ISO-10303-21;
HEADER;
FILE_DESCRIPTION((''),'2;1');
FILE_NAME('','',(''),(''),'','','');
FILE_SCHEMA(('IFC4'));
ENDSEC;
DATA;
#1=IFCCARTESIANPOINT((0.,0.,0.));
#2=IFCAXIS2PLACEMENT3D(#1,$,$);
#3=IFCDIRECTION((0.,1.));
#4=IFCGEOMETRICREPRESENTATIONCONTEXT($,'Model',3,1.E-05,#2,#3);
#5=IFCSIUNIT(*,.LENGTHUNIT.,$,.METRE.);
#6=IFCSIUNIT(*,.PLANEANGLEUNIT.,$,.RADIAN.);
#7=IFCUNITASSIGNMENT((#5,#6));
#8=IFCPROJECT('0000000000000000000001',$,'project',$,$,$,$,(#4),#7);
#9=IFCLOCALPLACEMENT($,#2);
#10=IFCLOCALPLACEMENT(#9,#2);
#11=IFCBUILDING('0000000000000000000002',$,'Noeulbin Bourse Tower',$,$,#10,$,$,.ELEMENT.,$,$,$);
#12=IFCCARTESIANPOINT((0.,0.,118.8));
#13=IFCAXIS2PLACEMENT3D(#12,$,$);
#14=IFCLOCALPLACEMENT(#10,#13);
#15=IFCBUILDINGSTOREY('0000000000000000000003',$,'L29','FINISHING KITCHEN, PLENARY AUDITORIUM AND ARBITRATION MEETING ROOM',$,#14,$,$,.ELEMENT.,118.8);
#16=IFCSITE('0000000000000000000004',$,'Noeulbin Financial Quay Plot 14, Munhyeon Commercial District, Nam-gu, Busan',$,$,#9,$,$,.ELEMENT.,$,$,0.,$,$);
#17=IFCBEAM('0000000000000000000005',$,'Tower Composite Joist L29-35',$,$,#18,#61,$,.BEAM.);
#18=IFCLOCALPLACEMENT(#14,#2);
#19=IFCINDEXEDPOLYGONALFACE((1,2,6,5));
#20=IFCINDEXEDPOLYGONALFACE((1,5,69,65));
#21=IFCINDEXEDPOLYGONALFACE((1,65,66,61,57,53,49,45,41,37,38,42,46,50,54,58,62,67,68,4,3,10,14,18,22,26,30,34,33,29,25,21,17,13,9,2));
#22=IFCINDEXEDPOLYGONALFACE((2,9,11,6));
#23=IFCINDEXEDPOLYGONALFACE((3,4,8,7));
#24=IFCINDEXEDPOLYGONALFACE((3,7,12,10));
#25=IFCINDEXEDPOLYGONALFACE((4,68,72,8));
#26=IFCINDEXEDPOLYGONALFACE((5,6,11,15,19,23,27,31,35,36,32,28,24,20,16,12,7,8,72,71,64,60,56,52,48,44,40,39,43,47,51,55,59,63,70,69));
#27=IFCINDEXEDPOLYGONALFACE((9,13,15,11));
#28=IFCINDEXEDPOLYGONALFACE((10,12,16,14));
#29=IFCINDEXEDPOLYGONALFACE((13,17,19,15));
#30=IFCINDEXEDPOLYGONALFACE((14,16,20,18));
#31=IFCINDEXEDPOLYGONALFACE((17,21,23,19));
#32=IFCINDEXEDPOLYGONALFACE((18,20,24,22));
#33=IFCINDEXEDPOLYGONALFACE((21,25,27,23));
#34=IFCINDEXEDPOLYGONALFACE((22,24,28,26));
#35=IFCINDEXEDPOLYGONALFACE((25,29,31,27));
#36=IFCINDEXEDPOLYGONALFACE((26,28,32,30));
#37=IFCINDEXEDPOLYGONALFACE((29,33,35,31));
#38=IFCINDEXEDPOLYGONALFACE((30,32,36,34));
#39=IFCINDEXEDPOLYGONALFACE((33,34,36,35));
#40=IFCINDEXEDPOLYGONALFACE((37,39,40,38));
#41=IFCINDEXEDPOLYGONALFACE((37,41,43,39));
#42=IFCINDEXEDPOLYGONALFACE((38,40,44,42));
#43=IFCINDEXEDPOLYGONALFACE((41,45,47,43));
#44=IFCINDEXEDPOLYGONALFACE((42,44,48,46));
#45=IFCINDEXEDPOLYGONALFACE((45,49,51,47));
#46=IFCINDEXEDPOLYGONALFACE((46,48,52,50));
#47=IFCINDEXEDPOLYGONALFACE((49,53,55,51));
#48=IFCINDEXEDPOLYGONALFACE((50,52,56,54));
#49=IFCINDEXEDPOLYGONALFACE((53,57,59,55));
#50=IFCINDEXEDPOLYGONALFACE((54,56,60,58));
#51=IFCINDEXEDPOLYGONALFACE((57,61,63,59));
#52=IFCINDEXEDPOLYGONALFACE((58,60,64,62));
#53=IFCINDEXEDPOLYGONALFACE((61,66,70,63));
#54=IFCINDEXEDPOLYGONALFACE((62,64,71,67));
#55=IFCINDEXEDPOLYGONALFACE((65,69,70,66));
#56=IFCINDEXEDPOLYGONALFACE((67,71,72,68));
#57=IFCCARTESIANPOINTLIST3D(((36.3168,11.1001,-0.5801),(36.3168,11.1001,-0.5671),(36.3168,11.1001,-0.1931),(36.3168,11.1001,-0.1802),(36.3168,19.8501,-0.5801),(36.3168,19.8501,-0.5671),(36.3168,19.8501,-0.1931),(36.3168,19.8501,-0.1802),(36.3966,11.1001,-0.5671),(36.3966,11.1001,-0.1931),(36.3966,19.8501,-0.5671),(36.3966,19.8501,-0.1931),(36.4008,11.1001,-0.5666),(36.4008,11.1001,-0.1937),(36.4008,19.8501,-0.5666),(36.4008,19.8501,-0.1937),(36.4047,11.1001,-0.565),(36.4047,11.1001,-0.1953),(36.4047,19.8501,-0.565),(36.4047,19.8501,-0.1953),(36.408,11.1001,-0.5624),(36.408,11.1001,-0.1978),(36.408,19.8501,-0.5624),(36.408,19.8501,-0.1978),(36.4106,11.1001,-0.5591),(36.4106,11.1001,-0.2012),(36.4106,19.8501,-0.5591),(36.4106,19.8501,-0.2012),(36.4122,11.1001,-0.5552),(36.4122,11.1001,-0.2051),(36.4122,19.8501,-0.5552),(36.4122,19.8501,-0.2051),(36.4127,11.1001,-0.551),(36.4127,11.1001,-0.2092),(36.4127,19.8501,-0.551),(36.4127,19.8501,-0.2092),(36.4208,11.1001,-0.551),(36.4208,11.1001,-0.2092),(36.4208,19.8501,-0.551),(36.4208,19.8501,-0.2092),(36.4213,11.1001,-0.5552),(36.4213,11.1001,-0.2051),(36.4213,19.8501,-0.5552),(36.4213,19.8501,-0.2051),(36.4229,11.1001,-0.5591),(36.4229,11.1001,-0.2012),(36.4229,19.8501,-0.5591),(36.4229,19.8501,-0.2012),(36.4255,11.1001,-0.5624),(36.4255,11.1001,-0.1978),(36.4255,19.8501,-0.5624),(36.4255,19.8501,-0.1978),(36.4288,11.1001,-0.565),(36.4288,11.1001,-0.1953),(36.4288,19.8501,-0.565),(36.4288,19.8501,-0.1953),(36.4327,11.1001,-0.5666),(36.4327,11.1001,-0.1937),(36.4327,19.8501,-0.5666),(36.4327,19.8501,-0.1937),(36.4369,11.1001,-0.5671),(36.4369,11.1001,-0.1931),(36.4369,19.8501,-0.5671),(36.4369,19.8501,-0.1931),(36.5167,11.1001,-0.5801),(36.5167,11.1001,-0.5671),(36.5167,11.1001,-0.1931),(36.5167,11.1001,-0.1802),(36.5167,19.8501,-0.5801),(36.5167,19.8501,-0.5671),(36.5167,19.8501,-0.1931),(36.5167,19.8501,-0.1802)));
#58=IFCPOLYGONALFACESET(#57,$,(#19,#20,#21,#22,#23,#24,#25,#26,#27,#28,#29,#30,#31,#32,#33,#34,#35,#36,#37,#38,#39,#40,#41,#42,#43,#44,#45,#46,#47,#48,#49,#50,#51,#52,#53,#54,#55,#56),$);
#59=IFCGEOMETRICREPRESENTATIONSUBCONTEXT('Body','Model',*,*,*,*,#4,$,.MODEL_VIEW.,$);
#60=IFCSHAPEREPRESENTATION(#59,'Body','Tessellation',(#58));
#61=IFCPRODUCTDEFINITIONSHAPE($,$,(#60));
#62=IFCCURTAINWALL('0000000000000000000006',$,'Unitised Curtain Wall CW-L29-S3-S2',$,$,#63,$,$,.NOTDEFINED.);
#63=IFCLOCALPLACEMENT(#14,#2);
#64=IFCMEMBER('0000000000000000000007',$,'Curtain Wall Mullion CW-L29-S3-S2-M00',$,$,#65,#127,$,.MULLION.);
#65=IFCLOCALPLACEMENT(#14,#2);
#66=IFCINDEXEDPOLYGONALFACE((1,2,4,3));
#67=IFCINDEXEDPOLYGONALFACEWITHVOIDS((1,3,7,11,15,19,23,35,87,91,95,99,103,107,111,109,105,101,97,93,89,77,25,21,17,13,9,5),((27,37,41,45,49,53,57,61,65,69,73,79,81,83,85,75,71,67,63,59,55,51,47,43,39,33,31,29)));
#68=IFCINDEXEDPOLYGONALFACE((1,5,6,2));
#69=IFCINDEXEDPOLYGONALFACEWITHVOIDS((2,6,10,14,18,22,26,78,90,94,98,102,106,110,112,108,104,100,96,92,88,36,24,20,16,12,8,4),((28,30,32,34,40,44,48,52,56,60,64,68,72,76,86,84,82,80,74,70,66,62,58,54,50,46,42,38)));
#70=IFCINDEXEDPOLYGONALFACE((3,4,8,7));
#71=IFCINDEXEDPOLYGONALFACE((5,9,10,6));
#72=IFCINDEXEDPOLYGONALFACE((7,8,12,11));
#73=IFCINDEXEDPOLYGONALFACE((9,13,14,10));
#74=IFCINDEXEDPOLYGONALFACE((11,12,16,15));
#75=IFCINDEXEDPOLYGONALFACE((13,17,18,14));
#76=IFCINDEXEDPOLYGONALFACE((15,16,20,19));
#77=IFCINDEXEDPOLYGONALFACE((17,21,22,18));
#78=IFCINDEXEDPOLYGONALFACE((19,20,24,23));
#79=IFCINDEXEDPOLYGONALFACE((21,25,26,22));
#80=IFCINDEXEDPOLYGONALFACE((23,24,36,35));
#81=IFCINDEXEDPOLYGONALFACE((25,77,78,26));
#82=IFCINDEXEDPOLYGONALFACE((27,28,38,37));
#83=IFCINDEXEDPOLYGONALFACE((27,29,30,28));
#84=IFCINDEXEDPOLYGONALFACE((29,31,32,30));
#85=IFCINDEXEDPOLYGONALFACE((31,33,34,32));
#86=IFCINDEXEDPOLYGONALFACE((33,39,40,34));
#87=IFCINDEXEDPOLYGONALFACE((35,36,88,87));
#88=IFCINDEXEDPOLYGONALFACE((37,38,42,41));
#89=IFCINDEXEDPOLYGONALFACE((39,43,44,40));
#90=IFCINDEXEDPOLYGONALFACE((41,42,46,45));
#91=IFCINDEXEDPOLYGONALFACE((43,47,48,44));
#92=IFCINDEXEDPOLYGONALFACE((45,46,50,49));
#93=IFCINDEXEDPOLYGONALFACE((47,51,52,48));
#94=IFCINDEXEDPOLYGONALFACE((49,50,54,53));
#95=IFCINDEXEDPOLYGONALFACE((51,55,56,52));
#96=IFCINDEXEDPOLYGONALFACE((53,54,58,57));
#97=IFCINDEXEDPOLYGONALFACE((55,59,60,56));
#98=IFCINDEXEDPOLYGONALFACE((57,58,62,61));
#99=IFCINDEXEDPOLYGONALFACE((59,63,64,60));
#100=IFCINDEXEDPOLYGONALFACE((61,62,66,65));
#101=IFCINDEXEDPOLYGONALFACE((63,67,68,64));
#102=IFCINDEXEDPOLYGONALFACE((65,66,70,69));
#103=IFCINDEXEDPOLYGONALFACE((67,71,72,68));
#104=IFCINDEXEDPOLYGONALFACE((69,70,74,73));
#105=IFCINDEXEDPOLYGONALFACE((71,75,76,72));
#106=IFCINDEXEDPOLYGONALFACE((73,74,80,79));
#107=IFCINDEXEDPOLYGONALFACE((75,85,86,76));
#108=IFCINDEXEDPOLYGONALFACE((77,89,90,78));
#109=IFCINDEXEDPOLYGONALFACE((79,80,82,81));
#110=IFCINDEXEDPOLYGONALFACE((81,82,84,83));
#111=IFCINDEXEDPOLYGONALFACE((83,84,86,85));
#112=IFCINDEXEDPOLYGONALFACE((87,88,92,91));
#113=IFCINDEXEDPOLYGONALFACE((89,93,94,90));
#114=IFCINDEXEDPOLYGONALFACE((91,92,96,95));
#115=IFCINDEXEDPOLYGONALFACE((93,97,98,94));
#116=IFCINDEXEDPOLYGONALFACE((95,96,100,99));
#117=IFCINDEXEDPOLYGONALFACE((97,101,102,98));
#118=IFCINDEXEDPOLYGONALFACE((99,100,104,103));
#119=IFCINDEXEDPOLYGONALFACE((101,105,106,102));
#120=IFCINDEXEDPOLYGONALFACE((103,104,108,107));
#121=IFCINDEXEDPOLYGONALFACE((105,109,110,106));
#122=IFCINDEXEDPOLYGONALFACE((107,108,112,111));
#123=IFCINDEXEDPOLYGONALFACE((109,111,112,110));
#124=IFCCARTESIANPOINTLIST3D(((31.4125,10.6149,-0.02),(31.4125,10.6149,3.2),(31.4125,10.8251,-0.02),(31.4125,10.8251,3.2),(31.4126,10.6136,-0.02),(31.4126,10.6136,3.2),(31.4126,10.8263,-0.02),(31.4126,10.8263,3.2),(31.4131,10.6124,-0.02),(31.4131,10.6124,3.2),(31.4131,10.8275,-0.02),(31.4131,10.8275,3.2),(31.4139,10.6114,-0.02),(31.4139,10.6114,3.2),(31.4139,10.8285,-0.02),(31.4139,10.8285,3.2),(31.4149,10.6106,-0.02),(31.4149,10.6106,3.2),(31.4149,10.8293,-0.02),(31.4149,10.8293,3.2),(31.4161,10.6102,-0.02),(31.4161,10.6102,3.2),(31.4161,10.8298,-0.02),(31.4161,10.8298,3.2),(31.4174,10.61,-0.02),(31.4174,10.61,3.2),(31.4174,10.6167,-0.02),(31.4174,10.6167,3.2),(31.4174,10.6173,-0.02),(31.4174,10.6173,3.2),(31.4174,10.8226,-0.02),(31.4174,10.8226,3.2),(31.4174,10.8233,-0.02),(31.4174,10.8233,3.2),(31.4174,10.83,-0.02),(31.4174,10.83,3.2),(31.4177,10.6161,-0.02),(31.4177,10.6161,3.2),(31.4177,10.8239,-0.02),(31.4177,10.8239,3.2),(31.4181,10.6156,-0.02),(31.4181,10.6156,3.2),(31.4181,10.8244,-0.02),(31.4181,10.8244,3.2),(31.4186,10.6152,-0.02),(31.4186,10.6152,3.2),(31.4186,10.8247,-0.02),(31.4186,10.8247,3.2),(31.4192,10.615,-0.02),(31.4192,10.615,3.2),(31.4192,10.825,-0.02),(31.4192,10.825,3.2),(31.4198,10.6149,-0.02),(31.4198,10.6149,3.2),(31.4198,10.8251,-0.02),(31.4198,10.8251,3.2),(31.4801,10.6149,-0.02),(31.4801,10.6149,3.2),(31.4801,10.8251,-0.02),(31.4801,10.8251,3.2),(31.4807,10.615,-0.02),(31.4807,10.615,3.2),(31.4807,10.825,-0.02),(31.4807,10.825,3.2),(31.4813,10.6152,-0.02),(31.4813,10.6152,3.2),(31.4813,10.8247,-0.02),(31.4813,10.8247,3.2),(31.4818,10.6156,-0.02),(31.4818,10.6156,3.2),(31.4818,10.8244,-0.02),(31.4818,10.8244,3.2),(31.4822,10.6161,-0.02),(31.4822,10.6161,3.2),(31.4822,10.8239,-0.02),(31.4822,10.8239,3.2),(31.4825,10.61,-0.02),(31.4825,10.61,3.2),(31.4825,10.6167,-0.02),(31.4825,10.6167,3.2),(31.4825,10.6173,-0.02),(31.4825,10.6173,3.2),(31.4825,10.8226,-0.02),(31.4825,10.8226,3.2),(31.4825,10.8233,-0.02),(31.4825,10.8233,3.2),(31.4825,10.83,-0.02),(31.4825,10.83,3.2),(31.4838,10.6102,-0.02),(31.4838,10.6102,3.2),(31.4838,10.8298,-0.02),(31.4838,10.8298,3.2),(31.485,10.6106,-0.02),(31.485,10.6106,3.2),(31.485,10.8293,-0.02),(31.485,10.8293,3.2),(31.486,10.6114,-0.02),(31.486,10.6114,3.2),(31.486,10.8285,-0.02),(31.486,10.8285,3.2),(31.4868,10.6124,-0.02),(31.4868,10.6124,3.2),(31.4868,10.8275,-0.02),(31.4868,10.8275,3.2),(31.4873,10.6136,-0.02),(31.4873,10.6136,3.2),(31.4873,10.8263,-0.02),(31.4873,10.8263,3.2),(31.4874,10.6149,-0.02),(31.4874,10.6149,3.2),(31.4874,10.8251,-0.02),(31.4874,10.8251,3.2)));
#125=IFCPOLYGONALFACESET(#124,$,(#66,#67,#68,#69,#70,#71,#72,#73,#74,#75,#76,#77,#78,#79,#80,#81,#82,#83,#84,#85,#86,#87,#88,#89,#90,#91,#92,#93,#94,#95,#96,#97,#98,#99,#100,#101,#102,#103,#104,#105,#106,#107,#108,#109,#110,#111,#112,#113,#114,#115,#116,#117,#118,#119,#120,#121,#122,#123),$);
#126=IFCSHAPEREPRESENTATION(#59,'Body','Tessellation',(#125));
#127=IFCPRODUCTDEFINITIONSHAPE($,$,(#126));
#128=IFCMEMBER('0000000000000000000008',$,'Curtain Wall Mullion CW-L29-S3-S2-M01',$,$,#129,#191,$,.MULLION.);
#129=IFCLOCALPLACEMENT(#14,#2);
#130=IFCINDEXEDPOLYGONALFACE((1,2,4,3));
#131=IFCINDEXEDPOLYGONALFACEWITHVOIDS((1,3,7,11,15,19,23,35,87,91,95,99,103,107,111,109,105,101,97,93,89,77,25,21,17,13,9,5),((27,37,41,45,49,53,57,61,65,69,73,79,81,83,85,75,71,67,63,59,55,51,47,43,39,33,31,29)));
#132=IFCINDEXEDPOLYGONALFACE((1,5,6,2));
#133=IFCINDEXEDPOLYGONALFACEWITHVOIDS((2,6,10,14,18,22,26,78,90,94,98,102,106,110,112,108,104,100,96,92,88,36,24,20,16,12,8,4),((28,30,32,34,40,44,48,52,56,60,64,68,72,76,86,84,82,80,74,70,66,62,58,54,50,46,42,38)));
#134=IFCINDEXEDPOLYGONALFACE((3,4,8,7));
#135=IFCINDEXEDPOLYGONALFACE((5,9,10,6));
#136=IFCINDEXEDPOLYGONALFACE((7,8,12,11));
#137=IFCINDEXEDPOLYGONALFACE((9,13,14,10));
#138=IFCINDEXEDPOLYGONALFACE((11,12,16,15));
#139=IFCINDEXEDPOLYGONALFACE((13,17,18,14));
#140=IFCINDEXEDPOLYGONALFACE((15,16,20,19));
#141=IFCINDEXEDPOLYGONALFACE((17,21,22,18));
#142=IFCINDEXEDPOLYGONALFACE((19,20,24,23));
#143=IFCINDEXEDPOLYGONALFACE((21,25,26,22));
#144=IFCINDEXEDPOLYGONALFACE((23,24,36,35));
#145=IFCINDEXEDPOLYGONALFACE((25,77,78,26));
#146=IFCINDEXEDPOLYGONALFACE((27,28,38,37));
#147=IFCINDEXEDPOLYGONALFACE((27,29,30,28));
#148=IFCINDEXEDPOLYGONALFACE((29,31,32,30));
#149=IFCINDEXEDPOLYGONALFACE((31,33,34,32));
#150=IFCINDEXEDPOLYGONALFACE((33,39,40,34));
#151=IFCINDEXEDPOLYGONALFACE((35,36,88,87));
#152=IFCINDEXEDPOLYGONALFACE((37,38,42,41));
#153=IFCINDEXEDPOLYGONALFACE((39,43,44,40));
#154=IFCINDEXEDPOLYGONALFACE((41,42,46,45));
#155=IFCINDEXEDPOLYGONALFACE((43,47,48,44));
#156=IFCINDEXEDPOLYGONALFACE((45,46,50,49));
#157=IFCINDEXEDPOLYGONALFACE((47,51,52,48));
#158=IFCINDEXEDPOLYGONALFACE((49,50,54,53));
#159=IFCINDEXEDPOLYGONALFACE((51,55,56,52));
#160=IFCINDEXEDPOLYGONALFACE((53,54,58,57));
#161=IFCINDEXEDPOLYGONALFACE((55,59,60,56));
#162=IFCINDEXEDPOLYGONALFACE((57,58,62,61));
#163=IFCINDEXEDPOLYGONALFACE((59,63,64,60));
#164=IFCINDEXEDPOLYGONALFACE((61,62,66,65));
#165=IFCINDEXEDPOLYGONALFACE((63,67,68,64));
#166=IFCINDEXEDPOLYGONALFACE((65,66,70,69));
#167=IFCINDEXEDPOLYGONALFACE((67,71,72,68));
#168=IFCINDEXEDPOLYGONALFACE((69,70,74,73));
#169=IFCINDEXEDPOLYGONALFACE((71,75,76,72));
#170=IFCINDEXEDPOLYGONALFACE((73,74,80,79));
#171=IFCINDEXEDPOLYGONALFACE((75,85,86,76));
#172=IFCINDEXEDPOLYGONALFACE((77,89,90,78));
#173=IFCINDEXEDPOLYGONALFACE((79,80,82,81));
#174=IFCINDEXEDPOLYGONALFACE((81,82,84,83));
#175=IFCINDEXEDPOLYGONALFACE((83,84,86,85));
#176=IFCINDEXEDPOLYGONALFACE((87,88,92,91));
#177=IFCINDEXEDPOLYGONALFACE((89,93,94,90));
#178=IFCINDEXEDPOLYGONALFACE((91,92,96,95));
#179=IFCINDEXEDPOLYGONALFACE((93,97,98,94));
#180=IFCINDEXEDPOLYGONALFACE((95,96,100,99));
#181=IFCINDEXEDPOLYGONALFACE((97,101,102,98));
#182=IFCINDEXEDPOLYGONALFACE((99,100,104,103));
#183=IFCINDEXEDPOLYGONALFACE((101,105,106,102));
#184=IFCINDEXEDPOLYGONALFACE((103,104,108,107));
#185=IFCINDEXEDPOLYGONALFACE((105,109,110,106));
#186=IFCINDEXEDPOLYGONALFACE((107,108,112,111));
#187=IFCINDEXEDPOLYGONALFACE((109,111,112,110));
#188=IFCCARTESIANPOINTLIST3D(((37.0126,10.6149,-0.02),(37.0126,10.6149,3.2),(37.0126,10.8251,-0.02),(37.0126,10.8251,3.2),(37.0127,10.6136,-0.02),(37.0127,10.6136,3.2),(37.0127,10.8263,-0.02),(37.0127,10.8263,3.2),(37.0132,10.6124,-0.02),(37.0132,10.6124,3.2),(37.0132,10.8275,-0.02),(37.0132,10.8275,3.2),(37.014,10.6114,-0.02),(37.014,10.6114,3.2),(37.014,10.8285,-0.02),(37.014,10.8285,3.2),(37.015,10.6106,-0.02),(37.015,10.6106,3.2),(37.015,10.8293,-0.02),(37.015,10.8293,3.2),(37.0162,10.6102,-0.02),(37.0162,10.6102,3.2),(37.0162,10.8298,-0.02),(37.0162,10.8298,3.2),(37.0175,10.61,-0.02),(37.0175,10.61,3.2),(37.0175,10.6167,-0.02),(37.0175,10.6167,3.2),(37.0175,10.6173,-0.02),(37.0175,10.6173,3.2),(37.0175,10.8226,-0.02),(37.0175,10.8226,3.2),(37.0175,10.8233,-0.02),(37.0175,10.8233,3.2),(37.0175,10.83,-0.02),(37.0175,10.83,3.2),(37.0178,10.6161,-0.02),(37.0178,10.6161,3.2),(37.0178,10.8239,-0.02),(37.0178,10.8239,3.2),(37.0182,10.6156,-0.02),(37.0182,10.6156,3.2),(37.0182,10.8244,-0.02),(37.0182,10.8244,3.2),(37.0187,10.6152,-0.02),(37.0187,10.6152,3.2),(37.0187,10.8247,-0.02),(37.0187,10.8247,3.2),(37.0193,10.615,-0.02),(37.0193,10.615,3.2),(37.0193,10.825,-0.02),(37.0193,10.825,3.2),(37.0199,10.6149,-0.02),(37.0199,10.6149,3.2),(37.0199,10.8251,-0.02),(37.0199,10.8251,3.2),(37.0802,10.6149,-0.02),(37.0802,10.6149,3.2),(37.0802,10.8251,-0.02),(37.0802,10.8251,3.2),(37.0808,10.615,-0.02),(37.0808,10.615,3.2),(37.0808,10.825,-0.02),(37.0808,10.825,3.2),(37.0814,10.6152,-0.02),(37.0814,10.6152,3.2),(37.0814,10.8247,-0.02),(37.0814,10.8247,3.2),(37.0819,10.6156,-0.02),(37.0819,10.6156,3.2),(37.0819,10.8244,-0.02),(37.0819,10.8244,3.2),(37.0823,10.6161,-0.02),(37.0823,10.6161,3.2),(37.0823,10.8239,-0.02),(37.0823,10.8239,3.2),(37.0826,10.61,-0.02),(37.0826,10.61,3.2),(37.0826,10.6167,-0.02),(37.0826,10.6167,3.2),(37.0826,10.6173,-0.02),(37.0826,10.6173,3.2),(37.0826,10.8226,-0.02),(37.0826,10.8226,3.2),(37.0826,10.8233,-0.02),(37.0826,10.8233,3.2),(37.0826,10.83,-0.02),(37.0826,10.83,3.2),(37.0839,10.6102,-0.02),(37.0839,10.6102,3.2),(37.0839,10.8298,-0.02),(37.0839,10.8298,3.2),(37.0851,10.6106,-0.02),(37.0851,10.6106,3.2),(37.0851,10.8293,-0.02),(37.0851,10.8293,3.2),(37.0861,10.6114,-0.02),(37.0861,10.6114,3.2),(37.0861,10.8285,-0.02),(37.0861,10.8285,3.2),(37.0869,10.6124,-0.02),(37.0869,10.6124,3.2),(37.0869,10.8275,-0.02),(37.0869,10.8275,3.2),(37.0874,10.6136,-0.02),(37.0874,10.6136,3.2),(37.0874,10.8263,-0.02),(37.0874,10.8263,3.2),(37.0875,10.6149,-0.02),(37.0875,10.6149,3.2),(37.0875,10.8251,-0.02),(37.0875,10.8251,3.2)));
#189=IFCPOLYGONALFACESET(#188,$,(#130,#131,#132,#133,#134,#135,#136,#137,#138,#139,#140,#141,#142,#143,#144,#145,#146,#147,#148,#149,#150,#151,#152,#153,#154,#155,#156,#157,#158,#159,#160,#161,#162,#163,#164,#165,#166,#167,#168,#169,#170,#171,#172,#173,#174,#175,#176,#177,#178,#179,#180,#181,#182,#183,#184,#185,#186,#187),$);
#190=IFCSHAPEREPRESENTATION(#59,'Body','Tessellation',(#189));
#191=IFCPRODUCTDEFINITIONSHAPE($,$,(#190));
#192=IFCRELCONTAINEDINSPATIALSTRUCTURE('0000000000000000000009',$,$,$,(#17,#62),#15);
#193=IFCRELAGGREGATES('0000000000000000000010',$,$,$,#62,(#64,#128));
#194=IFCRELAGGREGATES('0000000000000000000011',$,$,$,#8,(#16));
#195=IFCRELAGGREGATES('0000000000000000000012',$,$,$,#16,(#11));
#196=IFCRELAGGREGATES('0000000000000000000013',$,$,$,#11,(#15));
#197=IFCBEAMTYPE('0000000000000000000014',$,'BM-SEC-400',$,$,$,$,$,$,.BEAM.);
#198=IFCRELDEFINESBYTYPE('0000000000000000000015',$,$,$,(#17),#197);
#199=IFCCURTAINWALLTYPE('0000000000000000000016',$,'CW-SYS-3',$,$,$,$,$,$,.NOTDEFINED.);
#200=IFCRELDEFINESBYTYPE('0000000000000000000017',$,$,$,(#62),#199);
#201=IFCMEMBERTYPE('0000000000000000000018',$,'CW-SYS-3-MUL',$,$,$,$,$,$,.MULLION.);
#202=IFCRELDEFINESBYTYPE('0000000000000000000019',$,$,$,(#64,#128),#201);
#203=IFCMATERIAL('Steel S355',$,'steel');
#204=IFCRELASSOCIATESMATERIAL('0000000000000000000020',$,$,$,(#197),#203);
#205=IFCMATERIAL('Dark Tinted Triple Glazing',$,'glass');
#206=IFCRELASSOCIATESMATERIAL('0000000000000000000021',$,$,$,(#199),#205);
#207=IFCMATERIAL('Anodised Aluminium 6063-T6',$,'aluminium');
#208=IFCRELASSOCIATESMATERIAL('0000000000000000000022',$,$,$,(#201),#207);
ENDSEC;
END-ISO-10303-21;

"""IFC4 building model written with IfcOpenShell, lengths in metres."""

from ifc_helpers import new_model, si_unit, direction, frame, origin, origin_2d, place, context, subcontext, project, spatial, hollow_rectangle, i_section, extrude, material, material_profile, profile_set, type_object, element, aggregate, save


model = new_model("IFC4")

# Units and contexts
model_context = context("Model", 3, precision=1e-05, world=origin(), true_north=direction((0.0, 1.0)))
body_context = subcontext(model_context, "Body", "Model", "MODEL_VIEW")
ifc_project = project(units=[si_unit("LENGTHUNIT", "METRE"), si_unit("PLANEANGLEUNIT", "RADIAN")], contexts=[model_context])

# Site, building, storey
site_placement = place(None, origin())
site = spatial("IfcSite", under=ifc_project, at=site_placement, Name="Noeulbin Financial Quay Plot 14, Munhyeon Commercial District, Nam-gu, Busan", CompositionType="ELEMENT", RefElevation=0.0)
building_placement = place(site_placement, origin())
building = spatial("IfcBuilding", under=site, at=building_placement, Name="Noeulbin Bourse Tower", CompositionType="ELEMENT")
storey_placement = place(building_placement, frame((0.0, 0.0, 118.8)))
storey = spatial("IfcBuildingStorey", under=building, at=storey_placement, Name="L29", Description="FINISHING KITCHEN, PLENARY AUDITORIUM AND ARBITRATION MEETING ROOM", CompositionType="ELEMENT", Elevation=118.8)

# Shared definitions
ifc_material_1 = material(Name="Steel S355", Category="steel")

# Beam
ifc_material_profile_1 = material_profile(ifc_material_1, i_section(OverallWidth=0.2, OverallDepth=0.3999, WebThickness=0.0081, FlangeThickness=0.0129, FilletRadius=0.0161, at=origin_2d()), Name="H-400x200x8x13", Category="LoadBearing")
ifc_profile_set_1 = profile_set([ifc_material_profile_1], Name="Steel S355")
beam_type_1 = type_object("IfcBeamType", Name="BM-SEC-400", PredefinedType="BEAM", material=ifc_profile_set_1)
for number, where, z_axis, x_axis, name in (
    (1, (36.4167, 11.1001, -0.3801), (0.0, 1.0, 0.0), (-1.0, 0.0, 0.0), "Tower Composite Joist L29-35"),
):
    element("IfcBeam", number, at=place(storey_placement, frame(where, z_axis=z_axis, x_axis=x_axis)), inside=storey, type_object=beam_type_1, Name=name, PredefinedType="BEAM", context=body_context, shape_type="SweptSolid", body=[
        extrude(i_section(OverallWidth=0.2, OverallDepth=0.3999, WebThickness=0.0081, FlangeThickness=0.0129, FilletRadius=0.0161, at=origin_2d()), origin(), (0.0, 0.0, 1.0), 8.75),
    ])

# Curtain wall, members
ifc_material_2 = material(Name="Dark Tinted Triple Glazing", Category="glass")
curtain_wall_type = type_object("IfcCurtainWallType", Name="CW-SYS-3", PredefinedType="NOTDEFINED", material=ifc_material_2)
curtain_wall_placement = place(storey_placement, origin())
curtain_wall = element("IfcCurtainWall", 2, at=curtain_wall_placement, inside=storey, type_object=curtain_wall_type, Name="Unitised Curtain Wall CW-L29-S3-S2", PredefinedType="NOTDEFINED")
ifc_material_3 = material(Name="Anodised Aluminium 6063-T6", Category="aluminium")
ifc_material_profile_2 = material_profile(ifc_material_3, hollow_rectangle(XDim=0.075, YDim=0.22, WallThickness=0.0049, InnerFilletRadius=0.0024, OuterFilletRadius=0.0049, at=origin_2d()), Name="ALU-MULL-75x220x5", Category="LoadBearing")
ifc_profile_set_2 = profile_set([ifc_material_profile_2], Name="Anodised Aluminium 6063-T6")
member_type_1 = type_object("IfcMemberType", Name="CW-SYS-3-MUL", PredefinedType="MULLION", material=ifc_profile_set_2)
member_1_placement = place(storey_placement, frame((31.45, 10.72, -0.02), z_axis=(0.0, 0.0, 1.0), x_axis=(1.0, 0.0, 0.0)))
member_1 = element("IfcMember", 3, at=member_1_placement, type_object=member_type_1, Name="Curtain Wall Mullion CW-L29-S3-S2-M00", PredefinedType="MULLION", context=body_context, shape_type="SweptSolid", body=[
    extrude(hollow_rectangle(XDim=0.075, YDim=0.22, WallThickness=0.0049, InnerFilletRadius=0.0024, OuterFilletRadius=0.0049, at=origin_2d()), origin(), (0.0, 0.0, 1.0), 3.22),
])
member_2_placement = place(storey_placement, frame((37.05, 10.72, -0.02), z_axis=(0.0, 0.0, 1.0), x_axis=(1.0, 0.0, 0.0)))
member_2 = element("IfcMember", 4, at=member_2_placement, type_object=member_type_1, Name="Curtain Wall Mullion CW-L29-S3-S2-M01", PredefinedType="MULLION", context=body_context, shape_type="SweptSolid", body=[
    extrude(hollow_rectangle(XDim=0.075, YDim=0.22, WallThickness=0.0049, InnerFilletRadius=0.0024, OuterFilletRadius=0.0049, at=origin_2d()), origin(), (0.0, 0.0, 1.0), 3.22),
])
aggregate(curtain_wall, [member_1, member_2])

save(model, "model.ifc")
